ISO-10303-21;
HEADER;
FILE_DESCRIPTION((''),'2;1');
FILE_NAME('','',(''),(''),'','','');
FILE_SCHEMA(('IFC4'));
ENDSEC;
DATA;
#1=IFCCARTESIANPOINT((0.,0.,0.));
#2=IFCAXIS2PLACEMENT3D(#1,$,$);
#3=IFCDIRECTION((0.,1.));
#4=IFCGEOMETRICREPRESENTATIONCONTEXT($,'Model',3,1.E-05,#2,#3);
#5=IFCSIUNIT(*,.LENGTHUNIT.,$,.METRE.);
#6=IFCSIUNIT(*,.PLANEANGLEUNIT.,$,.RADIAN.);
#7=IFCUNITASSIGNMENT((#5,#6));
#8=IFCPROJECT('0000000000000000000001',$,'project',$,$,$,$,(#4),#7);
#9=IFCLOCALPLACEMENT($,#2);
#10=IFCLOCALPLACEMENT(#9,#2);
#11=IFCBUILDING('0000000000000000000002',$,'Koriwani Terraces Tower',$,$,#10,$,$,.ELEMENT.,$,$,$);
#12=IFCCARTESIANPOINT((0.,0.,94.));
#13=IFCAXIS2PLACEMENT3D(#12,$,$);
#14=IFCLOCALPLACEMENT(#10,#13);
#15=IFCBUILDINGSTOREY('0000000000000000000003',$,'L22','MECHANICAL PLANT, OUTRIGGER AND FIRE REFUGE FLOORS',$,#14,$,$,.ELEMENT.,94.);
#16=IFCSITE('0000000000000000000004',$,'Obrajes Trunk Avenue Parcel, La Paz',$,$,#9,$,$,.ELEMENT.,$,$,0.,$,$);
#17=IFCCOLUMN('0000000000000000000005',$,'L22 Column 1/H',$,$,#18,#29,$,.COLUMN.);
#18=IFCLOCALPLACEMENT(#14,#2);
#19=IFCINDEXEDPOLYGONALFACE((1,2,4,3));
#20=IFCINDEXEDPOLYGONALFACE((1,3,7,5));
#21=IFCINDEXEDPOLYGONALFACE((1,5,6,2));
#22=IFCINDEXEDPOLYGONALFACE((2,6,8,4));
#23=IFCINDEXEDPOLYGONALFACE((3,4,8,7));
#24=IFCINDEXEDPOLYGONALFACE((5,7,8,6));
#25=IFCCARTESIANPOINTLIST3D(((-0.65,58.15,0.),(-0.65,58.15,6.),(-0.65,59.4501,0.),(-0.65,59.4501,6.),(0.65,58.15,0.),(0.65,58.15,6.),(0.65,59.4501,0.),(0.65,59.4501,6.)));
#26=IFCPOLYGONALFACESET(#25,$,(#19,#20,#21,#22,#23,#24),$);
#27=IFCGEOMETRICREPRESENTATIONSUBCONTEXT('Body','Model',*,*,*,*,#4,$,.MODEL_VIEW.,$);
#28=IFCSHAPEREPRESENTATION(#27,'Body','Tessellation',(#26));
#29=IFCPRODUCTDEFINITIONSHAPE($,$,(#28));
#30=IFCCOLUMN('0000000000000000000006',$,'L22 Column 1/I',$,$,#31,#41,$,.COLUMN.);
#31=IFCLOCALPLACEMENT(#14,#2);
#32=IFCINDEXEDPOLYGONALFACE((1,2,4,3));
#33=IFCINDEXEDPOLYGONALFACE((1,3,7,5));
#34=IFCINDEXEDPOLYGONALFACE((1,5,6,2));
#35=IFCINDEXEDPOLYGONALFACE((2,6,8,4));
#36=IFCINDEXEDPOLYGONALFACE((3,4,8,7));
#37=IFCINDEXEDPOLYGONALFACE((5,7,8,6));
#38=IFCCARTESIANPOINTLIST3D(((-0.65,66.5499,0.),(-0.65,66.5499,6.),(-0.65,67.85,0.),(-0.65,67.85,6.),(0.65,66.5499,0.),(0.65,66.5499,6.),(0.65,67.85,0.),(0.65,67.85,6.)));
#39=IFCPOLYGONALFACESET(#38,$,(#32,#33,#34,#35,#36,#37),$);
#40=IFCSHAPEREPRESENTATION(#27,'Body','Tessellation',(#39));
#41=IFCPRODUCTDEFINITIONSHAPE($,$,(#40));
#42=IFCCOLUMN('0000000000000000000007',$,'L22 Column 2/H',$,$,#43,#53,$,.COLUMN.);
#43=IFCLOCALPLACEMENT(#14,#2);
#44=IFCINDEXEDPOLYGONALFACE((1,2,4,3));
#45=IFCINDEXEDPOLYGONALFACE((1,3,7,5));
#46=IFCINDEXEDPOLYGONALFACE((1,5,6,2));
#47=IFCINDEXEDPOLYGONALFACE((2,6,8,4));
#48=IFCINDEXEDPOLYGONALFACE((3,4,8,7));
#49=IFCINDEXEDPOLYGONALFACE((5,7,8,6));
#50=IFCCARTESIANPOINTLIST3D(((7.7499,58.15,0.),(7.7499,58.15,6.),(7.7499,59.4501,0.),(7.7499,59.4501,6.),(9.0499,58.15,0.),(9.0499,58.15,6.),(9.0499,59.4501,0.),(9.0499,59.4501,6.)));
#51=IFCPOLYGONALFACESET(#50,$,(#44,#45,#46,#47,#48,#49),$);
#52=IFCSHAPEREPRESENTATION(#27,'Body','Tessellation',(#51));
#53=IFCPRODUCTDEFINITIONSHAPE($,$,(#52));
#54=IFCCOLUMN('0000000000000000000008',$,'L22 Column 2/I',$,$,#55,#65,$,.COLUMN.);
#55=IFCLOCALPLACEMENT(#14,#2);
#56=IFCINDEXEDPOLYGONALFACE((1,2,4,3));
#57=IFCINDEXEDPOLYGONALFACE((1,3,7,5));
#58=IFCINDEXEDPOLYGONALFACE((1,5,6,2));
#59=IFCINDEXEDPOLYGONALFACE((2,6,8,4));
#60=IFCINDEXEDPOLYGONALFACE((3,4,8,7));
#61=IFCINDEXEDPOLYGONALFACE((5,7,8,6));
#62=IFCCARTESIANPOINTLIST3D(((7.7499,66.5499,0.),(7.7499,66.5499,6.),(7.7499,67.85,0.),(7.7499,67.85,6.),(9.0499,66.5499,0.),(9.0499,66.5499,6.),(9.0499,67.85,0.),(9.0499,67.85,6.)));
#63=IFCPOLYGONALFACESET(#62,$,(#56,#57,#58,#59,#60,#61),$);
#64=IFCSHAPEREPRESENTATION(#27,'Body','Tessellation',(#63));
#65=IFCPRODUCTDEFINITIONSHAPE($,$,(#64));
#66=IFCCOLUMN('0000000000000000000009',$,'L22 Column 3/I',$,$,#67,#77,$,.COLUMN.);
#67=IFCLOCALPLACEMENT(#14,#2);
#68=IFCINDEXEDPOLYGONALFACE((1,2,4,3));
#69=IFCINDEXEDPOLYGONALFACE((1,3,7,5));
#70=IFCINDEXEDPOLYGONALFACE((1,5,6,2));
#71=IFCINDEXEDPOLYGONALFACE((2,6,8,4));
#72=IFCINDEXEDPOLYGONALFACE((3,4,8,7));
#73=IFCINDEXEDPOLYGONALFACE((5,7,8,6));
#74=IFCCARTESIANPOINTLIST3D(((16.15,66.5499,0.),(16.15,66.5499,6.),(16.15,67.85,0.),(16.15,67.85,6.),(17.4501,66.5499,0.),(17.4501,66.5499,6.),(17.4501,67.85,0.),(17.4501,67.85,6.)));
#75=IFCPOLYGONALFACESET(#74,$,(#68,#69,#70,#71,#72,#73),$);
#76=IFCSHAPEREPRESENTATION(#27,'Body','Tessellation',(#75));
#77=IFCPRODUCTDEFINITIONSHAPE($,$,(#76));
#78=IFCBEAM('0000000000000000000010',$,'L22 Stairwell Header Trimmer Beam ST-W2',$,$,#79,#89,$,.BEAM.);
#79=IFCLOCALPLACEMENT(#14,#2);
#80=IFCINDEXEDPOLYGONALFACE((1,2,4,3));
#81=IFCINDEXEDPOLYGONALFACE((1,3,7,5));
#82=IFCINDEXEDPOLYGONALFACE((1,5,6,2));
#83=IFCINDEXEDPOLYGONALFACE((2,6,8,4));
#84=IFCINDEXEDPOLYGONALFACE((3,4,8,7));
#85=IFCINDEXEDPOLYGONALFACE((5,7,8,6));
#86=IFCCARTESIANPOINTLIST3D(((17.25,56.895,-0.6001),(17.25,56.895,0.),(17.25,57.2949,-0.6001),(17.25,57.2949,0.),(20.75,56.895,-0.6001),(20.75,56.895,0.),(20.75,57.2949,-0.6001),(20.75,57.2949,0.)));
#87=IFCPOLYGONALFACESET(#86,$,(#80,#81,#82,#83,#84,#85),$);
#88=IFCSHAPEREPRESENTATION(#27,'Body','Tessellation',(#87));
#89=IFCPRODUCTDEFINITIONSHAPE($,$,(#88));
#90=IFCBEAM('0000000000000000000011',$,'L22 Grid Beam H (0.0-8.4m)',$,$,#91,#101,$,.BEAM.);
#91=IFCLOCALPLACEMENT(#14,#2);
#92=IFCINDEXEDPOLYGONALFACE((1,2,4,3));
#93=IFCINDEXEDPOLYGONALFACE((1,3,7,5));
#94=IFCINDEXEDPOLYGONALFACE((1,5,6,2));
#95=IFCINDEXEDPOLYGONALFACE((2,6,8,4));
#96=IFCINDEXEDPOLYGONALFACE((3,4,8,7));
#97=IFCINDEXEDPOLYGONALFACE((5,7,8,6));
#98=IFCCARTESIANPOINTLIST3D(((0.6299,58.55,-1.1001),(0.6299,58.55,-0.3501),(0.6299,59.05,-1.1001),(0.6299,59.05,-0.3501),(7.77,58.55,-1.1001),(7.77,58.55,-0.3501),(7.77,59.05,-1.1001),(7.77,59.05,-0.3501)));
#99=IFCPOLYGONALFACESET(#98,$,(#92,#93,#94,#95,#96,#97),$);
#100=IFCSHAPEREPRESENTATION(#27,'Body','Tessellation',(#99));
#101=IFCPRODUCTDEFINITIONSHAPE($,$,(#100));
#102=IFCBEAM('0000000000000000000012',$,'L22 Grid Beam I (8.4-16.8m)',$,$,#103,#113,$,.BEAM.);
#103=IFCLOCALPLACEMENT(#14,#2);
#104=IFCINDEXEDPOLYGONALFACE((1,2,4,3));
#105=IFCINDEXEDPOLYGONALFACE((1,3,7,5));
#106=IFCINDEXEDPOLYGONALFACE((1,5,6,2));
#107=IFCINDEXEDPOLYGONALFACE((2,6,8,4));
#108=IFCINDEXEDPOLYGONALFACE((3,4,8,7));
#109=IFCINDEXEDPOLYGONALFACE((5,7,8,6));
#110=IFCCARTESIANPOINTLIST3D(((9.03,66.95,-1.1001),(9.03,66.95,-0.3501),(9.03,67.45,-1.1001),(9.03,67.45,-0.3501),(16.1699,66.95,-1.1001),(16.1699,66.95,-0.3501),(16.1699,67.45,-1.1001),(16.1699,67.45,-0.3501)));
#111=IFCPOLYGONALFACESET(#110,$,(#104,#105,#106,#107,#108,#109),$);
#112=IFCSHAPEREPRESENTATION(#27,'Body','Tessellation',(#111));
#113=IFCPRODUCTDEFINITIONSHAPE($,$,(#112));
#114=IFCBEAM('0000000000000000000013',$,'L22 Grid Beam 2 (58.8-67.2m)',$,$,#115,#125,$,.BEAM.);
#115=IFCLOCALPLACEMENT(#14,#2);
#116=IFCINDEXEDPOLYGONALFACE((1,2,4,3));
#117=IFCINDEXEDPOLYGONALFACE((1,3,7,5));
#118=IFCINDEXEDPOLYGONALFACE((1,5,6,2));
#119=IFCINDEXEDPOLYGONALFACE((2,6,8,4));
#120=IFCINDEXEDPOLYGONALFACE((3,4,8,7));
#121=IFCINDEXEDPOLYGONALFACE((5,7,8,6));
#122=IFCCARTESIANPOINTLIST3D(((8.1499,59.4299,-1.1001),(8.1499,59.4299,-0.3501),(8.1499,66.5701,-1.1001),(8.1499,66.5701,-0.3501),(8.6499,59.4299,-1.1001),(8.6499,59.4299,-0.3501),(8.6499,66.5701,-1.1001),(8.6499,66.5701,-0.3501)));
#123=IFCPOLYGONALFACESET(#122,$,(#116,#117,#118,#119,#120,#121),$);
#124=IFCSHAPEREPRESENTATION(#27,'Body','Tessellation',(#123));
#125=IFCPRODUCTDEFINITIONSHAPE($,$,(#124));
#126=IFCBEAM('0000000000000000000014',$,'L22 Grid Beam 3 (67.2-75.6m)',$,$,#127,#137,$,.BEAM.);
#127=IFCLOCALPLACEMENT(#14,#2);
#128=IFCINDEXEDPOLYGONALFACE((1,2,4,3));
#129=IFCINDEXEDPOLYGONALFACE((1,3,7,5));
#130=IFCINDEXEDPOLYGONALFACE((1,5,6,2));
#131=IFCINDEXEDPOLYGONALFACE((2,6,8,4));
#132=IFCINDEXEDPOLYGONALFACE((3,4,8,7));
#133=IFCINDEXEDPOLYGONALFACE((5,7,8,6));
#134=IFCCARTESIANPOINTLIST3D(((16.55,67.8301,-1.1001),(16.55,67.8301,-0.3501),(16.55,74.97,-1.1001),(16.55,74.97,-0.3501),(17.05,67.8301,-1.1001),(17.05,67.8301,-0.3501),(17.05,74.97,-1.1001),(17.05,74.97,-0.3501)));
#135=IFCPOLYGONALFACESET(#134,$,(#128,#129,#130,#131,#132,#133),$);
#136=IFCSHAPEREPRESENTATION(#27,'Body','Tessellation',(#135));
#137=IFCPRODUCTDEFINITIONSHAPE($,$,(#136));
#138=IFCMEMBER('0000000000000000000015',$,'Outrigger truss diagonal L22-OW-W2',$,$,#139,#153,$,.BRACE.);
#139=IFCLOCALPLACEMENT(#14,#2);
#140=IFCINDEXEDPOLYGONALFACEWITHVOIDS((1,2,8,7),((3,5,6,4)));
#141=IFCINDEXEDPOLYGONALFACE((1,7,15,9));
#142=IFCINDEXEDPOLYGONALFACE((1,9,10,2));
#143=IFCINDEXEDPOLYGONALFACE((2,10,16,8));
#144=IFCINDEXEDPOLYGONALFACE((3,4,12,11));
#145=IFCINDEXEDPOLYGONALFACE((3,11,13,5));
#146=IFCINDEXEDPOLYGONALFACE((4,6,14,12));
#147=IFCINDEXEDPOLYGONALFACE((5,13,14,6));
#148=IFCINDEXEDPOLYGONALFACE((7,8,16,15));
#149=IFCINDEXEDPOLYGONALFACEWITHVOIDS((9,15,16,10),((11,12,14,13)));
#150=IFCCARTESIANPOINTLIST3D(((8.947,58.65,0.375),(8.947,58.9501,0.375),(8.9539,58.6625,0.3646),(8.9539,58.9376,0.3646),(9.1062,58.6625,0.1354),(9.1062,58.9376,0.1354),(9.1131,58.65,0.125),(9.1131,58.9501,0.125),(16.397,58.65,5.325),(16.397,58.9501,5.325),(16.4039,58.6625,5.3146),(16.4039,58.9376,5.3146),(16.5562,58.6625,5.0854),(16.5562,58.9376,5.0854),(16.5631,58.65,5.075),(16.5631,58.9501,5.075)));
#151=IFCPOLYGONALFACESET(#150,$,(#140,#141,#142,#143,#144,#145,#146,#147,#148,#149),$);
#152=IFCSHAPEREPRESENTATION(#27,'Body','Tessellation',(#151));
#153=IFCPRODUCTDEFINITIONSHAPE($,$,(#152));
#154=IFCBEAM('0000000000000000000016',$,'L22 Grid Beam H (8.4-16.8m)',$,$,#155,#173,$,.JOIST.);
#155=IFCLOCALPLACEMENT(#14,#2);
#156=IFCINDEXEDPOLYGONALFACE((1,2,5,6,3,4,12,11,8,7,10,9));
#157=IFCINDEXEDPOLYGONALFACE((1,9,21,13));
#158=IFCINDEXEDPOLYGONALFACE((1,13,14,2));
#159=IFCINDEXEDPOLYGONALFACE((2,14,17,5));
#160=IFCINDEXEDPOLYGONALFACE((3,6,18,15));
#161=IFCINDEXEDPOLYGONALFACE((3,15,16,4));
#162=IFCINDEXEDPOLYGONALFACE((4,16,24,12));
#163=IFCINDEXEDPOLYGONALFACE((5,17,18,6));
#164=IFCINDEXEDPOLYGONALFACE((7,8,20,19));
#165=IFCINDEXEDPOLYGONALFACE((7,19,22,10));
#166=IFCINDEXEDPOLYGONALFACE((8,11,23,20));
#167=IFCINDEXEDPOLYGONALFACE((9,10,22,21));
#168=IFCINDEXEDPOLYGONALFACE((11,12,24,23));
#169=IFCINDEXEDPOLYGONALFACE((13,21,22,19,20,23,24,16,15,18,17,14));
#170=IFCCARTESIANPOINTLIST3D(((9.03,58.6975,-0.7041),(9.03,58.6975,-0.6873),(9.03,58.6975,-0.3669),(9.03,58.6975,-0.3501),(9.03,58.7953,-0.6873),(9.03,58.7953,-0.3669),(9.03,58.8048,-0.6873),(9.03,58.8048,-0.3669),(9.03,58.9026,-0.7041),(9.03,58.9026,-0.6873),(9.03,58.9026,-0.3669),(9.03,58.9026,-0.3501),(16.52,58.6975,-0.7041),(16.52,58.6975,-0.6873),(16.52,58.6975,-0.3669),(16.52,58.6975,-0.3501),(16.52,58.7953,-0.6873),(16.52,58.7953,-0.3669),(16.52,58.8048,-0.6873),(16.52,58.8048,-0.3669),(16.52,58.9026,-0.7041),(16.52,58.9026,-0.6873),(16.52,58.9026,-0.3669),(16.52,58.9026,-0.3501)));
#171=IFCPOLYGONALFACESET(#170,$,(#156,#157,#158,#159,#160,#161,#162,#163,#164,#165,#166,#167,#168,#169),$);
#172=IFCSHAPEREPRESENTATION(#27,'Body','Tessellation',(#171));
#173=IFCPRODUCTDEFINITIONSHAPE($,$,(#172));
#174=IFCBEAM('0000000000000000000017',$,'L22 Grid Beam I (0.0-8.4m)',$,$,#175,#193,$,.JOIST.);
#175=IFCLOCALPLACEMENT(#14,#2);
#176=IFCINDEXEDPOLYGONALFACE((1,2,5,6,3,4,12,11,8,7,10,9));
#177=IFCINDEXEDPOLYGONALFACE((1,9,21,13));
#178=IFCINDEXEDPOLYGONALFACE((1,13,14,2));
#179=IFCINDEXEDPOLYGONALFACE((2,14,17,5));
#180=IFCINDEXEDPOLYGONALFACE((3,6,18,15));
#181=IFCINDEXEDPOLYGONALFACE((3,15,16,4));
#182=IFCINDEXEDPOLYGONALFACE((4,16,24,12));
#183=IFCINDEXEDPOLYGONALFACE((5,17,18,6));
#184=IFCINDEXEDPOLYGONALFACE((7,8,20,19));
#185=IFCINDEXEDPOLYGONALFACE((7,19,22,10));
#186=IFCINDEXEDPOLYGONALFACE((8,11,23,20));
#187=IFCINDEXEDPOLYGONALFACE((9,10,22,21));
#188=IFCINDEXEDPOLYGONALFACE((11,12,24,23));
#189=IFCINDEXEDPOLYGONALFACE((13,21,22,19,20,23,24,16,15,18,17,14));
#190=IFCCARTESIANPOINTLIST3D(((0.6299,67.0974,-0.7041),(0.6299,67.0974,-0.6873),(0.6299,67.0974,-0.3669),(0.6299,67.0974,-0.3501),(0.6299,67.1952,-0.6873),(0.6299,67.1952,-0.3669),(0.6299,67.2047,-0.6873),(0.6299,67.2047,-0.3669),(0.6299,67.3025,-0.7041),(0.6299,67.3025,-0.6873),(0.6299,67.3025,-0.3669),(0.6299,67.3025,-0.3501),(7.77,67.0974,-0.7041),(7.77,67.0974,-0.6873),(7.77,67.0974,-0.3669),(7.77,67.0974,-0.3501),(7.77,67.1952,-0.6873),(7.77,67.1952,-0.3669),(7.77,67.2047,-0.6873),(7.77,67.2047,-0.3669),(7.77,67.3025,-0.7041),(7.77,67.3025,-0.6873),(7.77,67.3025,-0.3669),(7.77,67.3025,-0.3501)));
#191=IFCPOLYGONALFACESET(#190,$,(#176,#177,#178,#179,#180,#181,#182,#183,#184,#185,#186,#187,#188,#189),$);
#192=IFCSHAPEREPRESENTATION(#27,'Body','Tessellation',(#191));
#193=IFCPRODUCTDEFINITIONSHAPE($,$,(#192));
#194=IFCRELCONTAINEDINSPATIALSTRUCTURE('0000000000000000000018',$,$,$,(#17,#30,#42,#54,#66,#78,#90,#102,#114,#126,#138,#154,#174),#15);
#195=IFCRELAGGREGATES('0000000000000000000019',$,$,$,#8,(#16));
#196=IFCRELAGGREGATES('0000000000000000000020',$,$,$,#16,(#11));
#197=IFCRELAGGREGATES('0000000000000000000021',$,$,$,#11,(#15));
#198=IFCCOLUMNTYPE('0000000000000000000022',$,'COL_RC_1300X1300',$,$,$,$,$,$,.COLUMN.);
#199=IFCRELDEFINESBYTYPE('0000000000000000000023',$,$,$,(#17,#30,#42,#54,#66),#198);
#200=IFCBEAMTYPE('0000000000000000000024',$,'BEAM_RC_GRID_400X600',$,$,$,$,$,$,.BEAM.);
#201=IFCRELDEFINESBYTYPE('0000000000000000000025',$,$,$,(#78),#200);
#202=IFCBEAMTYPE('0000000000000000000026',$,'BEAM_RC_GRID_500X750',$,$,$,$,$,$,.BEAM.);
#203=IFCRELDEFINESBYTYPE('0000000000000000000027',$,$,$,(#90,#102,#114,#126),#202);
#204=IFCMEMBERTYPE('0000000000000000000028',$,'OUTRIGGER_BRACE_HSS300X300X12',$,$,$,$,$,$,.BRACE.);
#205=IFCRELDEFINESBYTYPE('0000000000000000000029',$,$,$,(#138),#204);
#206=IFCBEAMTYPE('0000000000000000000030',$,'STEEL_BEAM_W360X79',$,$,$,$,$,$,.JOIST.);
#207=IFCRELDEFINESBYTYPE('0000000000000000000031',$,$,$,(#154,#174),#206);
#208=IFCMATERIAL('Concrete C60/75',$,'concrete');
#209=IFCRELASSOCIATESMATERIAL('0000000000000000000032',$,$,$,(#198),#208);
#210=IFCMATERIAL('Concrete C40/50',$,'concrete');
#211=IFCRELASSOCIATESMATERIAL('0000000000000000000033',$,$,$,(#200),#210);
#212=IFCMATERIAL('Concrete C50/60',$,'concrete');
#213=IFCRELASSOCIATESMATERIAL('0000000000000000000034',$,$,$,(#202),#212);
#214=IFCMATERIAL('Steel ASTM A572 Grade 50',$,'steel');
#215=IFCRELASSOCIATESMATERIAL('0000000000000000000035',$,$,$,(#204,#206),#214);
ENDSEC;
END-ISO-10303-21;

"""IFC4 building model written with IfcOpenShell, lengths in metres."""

from ifc_helpers import new_model, si_unit, direction, frame, origin, origin_2d, place, context, subcontext, project, spatial, rectangle, hollow_rectangle, i_section, extrude, material, material_profile, profile_set, type_object, element, save


model = new_model("IFC4")

# Units and contexts
model_context = context("Model", 3, precision=1e-05, world=origin(), true_north=direction((0.0, 1.0)))
body_context = subcontext(model_context, "Body", "Model", "MODEL_VIEW")
ifc_project = project(units=[si_unit("LENGTHUNIT", "METRE"), si_unit("PLANEANGLEUNIT", "RADIAN")], contexts=[model_context])

# Site, building, storey
site_placement = place(None, origin())
site = spatial("IfcSite", under=ifc_project, at=site_placement, Name="Obrajes Trunk Avenue Parcel, La Paz", CompositionType="ELEMENT", RefElevation=0.0)
building_placement = place(site_placement, origin())
building = spatial("IfcBuilding", under=site, at=building_placement, Name="Koriwani Terraces Tower", CompositionType="ELEMENT")
storey_placement = place(building_placement, frame((0.0, 0.0, 94.0)))
storey = spatial("IfcBuildingStorey", under=building, at=storey_placement, Name="L22", Description="MECHANICAL PLANT, OUTRIGGER AND FIRE REFUGE FLOORS", CompositionType="ELEMENT", Elevation=94.0)

# Columns
ifc_material_1 = material(Name="Concrete C60/75", Category="concrete")
ifc_material_profile_1 = material_profile(ifc_material_1, rectangle(XDim=1.3, YDim=1.3, at=origin_2d()), Name="Concrete C60/75", Category="LoadBearing")
ifc_profile_set_1 = profile_set([ifc_material_profile_1], Name="Concrete C60/75")
column_type = type_object("IfcColumnType", Name="COL_RC_1300X1300", PredefinedType="COLUMN", material=ifc_profile_set_1)
for number, where, z_axis, x_axis, name in (
    (1, (0.0, 58.8, 0.0), (0.0, 0.0, 1.0), (1.0, 0.0, 0.0), "L22 Column 1/H"),
    (2, (0.0, 67.2, 0.0), (0.0, 0.0, 1.0), (1.0, 0.0, 0.0), "L22 Column 1/I"),
    (3, (8.3999, 58.8, 0.0), (0.0, 0.0, 1.0), (1.0, 0.0, 0.0), "L22 Column 2/H"),
    (4, (8.3999, 67.2, 0.0), (0.0, 0.0, 1.0), (1.0, 0.0, 0.0), "L22 Column 2/I"),
    (5, (16.8, 67.2, 0.0), (0.0, 0.0, 1.0), (1.0, 0.0, 0.0), "L22 Column 3/I"),
):
    element("IfcColumn", number, at=place(storey_placement, frame(where, z_axis=z_axis, x_axis=x_axis)), inside=storey, type_object=column_type, Name=name, PredefinedType="COLUMN", context=body_context, shape_type="SweptSolid", body=[
        extrude(rectangle(XDim=1.3, YDim=1.3, at=origin_2d()), origin(), (0.0, 0.0, 1.0), 6.0),
    ])

# Beams
ifc_material_2 = material(Name="Concrete C40/50", Category="concrete")
ifc_material_profile_2 = material_profile(ifc_material_2, rectangle(XDim=0.3999, YDim=0.6001, at=origin_2d()), Name="Concrete C40/50", Category="LoadBearing")
ifc_profile_set_2 = profile_set([ifc_material_profile_2], Name="Concrete C40/50")
beam_type_1 = type_object("IfcBeamType", Name="BEAM_RC_GRID_400X600", PredefinedType="BEAM", material=ifc_profile_set_2)
beam_1_placement = place(storey_placement, frame((17.25, 57.095, -0.3), z_axis=(1.0, 0.0, 0.0), x_axis=(0.0, 1.0, 0.0)))
element("IfcBeam", 6, at=beam_1_placement, inside=storey, type_object=beam_type_1, Name="L22 Stairwell Header Trimmer Beam ST-W2", PredefinedType="BEAM", context=body_context, shape_type="SweptSolid", body=[
    extrude(rectangle(XDim=0.3999, YDim=0.6001, at=origin_2d()), origin(), (0.0, 0.0, 1.0), 3.5),
])
ifc_material_3 = material(Name="Concrete C50/60", Category="concrete")
ifc_material_profile_3 = material_profile(ifc_material_3, rectangle(XDim=0.5, YDim=0.75, at=origin_2d()), Name="Concrete C50/60", Category="LoadBearing")
ifc_profile_set_3 = profile_set([ifc_material_profile_3], Name="Concrete C50/60")
beam_type_2 = type_object("IfcBeamType", Name="BEAM_RC_GRID_500X750", PredefinedType="BEAM", material=ifc_profile_set_3)
beam_2_placement = place(storey_placement, frame((0.6299, 58.8, -0.7251), z_axis=(1.0, 0.0, 0.0), x_axis=(0.0, 1.0, 0.0)))
element("IfcBeam", 7, at=beam_2_placement, inside=storey, type_object=beam_type_2, Name="L22 Grid Beam H (0.0-8.4m)", PredefinedType="BEAM", context=body_context, shape_type="SweptSolid", body=[
    extrude(rectangle(XDim=0.5, YDim=0.75, at=origin_2d()), origin(), (0.0, 0.0, 1.0), 7.1401),
])
beam_3_placement = place(storey_placement, frame((9.03, 67.2, -0.7251), z_axis=(1.0, 0.0, 0.0), x_axis=(0.0, 1.0, 0.0)))
element("IfcBeam", 8, at=beam_3_placement, inside=storey, type_object=beam_type_2, Name="L22 Grid Beam I (8.4-16.8m)", PredefinedType="BEAM", context=body_context, shape_type="SweptSolid", body=[
    extrude(rectangle(XDim=0.5, YDim=0.75, at=origin_2d()), origin(), (0.0, 0.0, 1.0), 7.1399),
])
beam_4_placement = place(storey_placement, frame((8.3999, 59.4299, -0.7251), z_axis=(0.0, 1.0, 0.0), x_axis=(-1.0, 0.0, 0.0)))
element("IfcBeam", 9, at=beam_4_placement, inside=storey, type_object=beam_type_2, Name="L22 Grid Beam 2 (58.8-67.2m)", PredefinedType="BEAM", context=body_context, shape_type="SweptSolid", body=[
    extrude(rectangle(XDim=0.5, YDim=0.75, at=origin_2d()), origin(), (0.0, 0.0, 1.0), 7.1401),
])
beam_5_placement = place(storey_placement, frame((16.8, 67.8301, -0.7251), z_axis=(0.0, 1.0, 0.0), x_axis=(-1.0, 0.0, 0.0)))
element("IfcBeam", 10, at=beam_5_placement, inside=storey, type_object=beam_type_2, Name="L22 Grid Beam 3 (67.2-75.6m)", PredefinedType="BEAM", context=body_context, shape_type="SweptSolid", body=[
    extrude(rectangle(XDim=0.5, YDim=0.75, at=origin_2d()), origin(), (0.0, 0.0, 1.0), 7.1399),
])

# Member
ifc_material_4 = material(Name="Steel ASTM A572 Grade 50", Category="steel")
ifc_material_profile_4 = material_profile(ifc_material_4, hollow_rectangle(XDim=0.3, YDim=0.3, WallThickness=0.0125, at=origin_2d()), Name="Steel ASTM A572 Grade 50", Category="LoadBearing")
ifc_profile_set_4 = profile_set([ifc_material_profile_4], Name="Steel ASTM A572 Grade 50")
member_type = type_object("IfcMemberType", Name="OUTRIGGER_BRACE_HSS300X300X12", PredefinedType="BRACE", material=ifc_profile_set_4)
member_placement = place(storey_placement, frame((9.03, 58.8, 0.25), z_axis=(0.83291, 0.0, 0.553408), x_axis=(0.0, 1.0, 0.0)))
element("IfcMember", 11, at=member_placement, inside=storey, type_object=member_type, Name="Outrigger truss diagonal L22-OW-W2", PredefinedType="BRACE", context=body_context, shape_type="SweptSolid", body=[
    extrude(hollow_rectangle(XDim=0.3, YDim=0.3, WallThickness=0.0125, at=origin_2d()), origin(), (0.0, 0.0, 1.0), 8.9446),
])

# Beams
ifc_material_profile_5 = material_profile(ifc_material_4, i_section(OverallWidth=0.2051, OverallDepth=0.354, WebThickness=0.0095, FlangeThickness=0.0168, at=origin_2d()), Name="Steel ASTM A572 Grade 50", Category="LoadBearing")
ifc_profile_set_5 = profile_set([ifc_material_profile_5], Name="Steel ASTM A572 Grade 50")
beam_type_3 = type_object("IfcBeamType", Name="STEEL_BEAM_W360X79", PredefinedType="JOIST", material=ifc_profile_set_5)
beam_6_placement = place(storey_placement, frame((9.03, 58.8, -0.5271), z_axis=(1.0, 0.0, 0.0), x_axis=(0.0, 1.0, 0.0)))
element("IfcBeam", 12, at=beam_6_placement, inside=storey, type_object=beam_type_3, Name="L22 Grid Beam H (8.4-16.8m)", PredefinedType="JOIST", context=body_context, shape_type="SweptSolid", body=[
    extrude(i_section(OverallWidth=0.2051, OverallDepth=0.354, WebThickness=0.0095, FlangeThickness=0.0168, at=origin_2d()), origin(), (0.0, 0.0, 1.0), 7.49),
])
for number, where, z_axis, x_axis, name in (
    (13, (0.6299, 67.2, -0.5271), (1.0, 0.0, 0.0), (0.0, 1.0, 0.0), "L22 Grid Beam I (0.0-8.4m)"),
):
    element("IfcBeam", number, at=place(storey_placement, frame(where, z_axis=z_axis, x_axis=x_axis)), inside=storey, type_object=beam_type_3, Name=name, PredefinedType="JOIST", context=body_context, shape_type="SweptSolid", body=[
        extrude(i_section(OverallWidth=0.2051, OverallDepth=0.354, WebThickness=0.0095, FlangeThickness=0.0168, at=origin_2d()), origin(), (0.0, 0.0, 1.0), 7.1401),
    ])

save(model, "model.ifc")
